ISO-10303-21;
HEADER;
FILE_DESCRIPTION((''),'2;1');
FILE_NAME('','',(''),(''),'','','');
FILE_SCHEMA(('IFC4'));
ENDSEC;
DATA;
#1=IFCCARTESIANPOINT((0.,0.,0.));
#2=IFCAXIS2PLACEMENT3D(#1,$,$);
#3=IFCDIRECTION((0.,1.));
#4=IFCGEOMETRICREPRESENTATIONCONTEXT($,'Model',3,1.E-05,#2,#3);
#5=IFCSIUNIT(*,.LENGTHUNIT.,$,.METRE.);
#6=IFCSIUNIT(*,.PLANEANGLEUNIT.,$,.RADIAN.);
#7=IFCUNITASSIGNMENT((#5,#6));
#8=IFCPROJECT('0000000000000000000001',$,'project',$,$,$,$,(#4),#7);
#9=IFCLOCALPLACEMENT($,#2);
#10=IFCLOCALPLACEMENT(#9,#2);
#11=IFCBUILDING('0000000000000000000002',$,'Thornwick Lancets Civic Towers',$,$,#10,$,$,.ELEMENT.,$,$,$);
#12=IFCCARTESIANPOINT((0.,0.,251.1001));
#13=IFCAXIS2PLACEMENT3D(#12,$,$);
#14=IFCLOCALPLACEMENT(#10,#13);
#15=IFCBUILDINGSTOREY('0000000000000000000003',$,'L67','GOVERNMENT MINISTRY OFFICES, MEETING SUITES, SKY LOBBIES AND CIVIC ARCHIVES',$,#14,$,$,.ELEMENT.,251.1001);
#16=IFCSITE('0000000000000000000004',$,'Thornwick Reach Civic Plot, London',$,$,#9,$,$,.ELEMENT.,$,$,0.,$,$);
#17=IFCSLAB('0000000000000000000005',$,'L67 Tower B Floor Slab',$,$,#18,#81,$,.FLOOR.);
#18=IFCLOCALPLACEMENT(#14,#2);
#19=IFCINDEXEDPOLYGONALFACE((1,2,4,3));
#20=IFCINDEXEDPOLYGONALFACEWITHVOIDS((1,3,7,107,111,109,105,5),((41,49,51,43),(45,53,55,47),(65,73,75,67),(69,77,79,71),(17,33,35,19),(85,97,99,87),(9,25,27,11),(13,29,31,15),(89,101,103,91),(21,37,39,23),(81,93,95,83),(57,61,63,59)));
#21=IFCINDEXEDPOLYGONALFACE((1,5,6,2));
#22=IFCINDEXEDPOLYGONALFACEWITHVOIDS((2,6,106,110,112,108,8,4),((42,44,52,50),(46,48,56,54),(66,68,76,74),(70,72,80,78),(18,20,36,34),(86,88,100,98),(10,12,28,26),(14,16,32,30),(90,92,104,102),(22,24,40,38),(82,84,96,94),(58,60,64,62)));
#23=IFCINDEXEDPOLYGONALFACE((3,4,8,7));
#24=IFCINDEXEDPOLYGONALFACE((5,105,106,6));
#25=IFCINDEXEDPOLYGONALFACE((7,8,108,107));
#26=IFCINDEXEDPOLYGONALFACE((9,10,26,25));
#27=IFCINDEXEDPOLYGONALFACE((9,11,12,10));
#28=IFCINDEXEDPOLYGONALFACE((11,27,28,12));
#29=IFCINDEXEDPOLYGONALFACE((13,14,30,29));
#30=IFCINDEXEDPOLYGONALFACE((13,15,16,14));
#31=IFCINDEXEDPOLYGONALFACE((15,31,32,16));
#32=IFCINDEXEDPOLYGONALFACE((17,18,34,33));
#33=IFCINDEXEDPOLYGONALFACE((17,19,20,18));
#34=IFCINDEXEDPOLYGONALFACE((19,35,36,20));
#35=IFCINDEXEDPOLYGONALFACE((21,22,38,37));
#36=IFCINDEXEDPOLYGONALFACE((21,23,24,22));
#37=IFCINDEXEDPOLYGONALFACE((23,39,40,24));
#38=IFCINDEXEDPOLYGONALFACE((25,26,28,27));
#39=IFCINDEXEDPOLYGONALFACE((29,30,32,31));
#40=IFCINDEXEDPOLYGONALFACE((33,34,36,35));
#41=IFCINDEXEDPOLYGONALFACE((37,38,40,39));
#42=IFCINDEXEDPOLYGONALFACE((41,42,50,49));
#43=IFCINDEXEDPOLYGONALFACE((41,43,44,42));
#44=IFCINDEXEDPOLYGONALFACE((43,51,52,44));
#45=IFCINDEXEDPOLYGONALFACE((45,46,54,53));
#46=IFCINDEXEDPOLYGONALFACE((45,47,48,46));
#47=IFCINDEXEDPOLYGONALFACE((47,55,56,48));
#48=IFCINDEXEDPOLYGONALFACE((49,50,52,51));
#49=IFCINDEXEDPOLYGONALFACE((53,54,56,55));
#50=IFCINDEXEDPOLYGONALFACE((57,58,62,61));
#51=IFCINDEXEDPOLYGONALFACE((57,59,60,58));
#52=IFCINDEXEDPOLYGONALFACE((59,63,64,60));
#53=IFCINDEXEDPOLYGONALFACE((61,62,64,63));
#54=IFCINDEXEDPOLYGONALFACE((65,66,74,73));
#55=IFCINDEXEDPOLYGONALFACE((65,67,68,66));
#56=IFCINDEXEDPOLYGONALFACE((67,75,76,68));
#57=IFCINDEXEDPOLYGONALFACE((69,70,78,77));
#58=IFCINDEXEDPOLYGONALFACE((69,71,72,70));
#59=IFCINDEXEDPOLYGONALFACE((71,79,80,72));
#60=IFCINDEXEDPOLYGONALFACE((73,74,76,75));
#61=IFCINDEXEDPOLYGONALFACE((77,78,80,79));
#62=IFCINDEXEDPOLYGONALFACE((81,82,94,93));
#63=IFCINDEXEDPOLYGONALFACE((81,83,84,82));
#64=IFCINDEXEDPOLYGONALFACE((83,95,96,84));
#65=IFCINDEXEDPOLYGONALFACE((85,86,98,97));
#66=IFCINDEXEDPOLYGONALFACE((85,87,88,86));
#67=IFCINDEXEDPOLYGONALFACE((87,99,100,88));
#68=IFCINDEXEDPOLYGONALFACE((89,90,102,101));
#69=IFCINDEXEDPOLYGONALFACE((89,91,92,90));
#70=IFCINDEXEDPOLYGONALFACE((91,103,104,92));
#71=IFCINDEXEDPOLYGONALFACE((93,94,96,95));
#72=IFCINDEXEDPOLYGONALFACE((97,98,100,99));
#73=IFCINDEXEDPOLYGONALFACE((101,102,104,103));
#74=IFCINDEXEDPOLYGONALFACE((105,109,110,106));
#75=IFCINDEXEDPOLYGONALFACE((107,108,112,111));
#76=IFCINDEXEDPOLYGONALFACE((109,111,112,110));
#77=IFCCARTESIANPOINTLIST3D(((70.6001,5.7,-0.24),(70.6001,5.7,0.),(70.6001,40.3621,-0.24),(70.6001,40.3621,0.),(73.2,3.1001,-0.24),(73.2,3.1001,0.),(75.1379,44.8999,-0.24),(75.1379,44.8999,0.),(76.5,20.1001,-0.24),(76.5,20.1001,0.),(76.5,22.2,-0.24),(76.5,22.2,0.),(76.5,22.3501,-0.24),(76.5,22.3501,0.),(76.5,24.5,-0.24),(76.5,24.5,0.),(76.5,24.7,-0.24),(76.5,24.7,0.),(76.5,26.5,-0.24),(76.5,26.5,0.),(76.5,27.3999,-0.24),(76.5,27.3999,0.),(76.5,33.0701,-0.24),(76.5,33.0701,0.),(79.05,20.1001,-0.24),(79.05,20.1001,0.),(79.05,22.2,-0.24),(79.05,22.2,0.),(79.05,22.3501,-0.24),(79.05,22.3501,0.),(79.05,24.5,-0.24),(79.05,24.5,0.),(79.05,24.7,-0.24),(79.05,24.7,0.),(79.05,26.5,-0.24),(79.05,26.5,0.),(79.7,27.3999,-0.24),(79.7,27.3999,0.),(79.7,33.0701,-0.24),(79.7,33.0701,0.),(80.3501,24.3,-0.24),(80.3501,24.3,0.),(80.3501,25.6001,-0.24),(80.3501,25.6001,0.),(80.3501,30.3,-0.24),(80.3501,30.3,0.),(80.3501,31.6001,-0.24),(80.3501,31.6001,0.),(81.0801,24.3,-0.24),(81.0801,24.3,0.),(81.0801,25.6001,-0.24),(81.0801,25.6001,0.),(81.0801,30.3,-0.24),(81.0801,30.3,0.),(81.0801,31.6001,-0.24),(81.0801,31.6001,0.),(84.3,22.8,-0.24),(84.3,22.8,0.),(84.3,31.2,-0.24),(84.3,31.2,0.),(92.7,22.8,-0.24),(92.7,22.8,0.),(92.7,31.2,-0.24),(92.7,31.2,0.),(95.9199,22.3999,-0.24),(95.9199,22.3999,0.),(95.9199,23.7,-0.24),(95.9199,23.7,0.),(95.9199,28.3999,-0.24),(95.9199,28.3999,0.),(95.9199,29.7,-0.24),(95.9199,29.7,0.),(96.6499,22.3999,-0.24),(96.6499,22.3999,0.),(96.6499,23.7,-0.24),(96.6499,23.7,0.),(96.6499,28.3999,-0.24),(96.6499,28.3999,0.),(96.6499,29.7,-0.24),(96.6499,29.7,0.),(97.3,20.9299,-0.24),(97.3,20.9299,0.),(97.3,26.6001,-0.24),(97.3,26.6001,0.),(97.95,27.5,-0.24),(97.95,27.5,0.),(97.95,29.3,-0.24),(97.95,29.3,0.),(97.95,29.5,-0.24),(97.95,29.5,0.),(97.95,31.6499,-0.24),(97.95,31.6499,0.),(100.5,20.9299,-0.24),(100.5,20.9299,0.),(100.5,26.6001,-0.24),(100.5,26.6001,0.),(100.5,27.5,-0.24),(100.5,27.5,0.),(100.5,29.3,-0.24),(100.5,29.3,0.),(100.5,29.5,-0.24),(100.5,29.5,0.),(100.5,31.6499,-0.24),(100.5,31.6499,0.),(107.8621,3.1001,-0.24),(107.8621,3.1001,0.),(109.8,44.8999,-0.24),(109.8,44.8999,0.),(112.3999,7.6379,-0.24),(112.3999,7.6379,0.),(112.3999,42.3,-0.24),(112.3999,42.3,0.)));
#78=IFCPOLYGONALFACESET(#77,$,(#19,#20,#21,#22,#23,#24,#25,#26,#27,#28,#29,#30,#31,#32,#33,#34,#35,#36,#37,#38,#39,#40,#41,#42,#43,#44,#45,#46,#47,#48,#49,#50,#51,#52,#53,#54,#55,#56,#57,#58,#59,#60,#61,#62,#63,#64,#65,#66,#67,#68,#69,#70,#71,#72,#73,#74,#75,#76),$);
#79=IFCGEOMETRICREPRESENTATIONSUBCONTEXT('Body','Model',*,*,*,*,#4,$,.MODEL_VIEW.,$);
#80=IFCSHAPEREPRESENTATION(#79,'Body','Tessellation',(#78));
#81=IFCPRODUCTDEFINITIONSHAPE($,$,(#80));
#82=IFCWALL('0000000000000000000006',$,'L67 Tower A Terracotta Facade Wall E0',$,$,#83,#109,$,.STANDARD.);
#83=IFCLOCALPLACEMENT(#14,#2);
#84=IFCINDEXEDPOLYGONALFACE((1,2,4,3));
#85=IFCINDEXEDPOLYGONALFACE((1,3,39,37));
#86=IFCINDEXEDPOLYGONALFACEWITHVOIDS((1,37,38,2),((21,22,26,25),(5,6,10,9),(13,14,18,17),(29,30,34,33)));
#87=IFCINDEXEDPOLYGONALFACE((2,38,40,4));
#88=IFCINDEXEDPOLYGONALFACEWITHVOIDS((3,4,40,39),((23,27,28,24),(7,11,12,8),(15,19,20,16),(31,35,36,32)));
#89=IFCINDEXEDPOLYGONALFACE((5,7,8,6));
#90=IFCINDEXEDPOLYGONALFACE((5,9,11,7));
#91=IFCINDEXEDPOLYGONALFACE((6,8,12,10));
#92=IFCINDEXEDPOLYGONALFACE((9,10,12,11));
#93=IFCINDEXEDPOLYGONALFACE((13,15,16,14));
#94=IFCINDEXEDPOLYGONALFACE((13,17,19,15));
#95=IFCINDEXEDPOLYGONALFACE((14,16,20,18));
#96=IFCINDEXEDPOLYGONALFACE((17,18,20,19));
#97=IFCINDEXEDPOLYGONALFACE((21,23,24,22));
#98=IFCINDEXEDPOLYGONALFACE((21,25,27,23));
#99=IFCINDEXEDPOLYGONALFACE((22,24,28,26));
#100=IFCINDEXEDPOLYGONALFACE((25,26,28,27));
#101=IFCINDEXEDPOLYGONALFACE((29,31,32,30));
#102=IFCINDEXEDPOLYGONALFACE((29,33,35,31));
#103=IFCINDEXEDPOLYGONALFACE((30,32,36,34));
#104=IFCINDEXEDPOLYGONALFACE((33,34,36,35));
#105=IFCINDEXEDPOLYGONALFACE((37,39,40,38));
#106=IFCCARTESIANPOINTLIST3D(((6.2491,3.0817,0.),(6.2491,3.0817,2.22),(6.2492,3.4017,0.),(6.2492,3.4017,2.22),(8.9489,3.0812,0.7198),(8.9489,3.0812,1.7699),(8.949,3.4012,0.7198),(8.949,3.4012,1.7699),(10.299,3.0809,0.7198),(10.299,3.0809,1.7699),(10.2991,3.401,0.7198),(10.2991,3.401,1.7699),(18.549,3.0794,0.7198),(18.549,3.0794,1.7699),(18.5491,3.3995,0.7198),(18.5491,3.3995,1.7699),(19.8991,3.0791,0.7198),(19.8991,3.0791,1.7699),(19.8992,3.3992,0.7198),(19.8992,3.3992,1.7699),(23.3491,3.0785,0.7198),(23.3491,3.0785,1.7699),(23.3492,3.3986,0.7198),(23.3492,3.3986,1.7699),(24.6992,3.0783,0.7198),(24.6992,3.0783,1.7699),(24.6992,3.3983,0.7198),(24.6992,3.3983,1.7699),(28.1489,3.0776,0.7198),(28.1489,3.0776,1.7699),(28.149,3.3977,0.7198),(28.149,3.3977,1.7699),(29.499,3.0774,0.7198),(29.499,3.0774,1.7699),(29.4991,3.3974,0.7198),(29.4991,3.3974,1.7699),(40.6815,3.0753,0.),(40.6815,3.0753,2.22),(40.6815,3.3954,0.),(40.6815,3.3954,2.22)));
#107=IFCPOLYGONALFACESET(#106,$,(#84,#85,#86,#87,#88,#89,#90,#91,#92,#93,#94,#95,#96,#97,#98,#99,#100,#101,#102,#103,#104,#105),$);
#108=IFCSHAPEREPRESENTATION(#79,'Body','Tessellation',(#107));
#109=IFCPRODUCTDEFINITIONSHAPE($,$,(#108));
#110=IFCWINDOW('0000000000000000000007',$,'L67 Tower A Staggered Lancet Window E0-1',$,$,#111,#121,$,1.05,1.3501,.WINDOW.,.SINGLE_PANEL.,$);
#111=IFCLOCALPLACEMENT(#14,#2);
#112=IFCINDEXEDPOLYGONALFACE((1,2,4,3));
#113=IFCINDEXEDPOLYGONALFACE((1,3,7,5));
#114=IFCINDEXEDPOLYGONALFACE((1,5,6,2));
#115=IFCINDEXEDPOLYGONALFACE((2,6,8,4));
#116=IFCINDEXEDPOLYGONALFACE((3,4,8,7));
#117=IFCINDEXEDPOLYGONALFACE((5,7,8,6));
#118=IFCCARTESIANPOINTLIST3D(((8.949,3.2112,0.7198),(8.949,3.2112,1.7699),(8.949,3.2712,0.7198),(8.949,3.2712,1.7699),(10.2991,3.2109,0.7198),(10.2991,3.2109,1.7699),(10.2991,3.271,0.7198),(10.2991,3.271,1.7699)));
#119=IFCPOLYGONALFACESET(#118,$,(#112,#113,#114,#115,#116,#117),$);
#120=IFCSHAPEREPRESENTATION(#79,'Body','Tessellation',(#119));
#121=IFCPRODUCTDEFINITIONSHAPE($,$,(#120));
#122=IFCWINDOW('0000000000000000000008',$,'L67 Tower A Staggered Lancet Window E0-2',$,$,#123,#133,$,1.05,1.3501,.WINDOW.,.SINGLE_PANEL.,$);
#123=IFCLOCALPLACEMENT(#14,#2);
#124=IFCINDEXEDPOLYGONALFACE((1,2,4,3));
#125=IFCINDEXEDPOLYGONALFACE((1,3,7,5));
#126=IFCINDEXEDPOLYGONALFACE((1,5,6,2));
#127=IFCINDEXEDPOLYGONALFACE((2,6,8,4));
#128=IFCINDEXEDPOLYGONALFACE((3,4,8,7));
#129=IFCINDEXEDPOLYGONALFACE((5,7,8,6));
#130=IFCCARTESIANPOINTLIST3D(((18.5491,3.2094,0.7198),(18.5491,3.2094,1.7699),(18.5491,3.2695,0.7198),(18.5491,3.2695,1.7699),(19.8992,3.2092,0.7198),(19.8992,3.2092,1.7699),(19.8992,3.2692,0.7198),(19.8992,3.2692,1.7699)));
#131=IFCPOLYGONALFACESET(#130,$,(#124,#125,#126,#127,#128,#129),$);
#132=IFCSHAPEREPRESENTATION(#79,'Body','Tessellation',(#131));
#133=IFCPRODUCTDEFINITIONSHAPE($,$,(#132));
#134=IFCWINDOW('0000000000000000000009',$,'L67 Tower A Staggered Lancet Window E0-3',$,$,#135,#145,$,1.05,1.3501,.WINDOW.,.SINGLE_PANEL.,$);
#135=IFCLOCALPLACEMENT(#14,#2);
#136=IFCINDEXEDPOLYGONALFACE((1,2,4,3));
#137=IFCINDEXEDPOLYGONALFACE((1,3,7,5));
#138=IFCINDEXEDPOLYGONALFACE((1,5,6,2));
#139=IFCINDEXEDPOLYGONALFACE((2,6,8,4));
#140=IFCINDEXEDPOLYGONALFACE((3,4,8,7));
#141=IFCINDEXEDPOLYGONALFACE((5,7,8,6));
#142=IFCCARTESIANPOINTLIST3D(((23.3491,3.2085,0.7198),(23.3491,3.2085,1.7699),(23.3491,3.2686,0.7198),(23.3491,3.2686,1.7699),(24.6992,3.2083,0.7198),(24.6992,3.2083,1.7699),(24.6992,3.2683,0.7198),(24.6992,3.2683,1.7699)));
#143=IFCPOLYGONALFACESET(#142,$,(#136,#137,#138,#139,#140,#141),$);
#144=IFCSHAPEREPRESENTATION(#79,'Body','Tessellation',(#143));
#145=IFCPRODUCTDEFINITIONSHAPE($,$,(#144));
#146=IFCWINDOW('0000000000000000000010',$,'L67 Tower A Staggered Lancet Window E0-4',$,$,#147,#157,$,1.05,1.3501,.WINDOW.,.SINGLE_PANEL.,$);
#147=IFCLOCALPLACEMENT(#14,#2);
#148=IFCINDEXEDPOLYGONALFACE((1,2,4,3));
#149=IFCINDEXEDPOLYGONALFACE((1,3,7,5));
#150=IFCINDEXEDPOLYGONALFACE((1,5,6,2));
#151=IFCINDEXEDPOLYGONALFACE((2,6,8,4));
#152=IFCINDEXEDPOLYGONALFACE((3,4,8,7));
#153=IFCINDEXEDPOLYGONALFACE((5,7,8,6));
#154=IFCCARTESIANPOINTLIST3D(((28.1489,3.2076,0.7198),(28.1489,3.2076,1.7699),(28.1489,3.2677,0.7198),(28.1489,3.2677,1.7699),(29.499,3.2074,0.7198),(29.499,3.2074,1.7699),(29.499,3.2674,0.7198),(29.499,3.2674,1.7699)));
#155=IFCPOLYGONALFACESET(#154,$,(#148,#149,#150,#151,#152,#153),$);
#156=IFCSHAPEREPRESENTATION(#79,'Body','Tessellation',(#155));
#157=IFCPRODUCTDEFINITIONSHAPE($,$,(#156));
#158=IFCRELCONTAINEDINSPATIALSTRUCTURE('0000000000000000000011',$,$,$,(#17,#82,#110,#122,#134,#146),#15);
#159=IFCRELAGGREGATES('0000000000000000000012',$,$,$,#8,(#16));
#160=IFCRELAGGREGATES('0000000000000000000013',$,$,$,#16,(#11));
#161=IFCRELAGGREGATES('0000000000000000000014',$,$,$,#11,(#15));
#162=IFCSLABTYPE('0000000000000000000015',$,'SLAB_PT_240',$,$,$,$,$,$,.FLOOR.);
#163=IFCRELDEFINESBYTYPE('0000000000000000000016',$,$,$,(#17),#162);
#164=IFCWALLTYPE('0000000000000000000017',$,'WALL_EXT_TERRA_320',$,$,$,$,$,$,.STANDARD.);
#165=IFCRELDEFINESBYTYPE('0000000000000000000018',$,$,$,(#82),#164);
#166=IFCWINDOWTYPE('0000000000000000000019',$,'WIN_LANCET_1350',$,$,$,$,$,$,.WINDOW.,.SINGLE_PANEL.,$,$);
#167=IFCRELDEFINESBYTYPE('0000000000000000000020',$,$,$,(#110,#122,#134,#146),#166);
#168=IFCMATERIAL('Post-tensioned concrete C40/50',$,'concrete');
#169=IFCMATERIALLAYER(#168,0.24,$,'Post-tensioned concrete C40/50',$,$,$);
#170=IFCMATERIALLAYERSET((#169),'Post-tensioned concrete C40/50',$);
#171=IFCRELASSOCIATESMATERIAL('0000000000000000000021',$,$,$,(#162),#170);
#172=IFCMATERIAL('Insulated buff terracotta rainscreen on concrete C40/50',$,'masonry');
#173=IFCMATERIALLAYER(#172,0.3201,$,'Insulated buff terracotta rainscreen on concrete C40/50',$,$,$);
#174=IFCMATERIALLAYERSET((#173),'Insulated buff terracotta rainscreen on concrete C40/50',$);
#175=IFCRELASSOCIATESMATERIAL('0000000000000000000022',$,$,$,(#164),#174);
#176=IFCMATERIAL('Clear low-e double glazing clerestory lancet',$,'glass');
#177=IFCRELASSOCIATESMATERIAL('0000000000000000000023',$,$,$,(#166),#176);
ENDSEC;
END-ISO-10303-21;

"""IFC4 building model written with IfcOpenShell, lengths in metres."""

from ifc_helpers import new_model, si_unit, direction, frame, frame_2d, origin, place, context, subcontext, project, spatial, polyline, rectangle, outline, extrude, material, layer, layer_set, type_object, element, fill, save


model = new_model("IFC4")

# Units and contexts
model_context = context("Model", 3, precision=1e-05, world=origin(), true_north=direction((0.0, 1.0)))
body_context = subcontext(model_context, "Body", "Model", "MODEL_VIEW")
ifc_project = project(units=[si_unit("LENGTHUNIT", "METRE"), si_unit("PLANEANGLEUNIT", "RADIAN")], contexts=[model_context])

# Site, building, storey
site_placement = place(None, origin())
site = spatial("IfcSite", under=ifc_project, at=site_placement, Name="Thornwick Reach Civic Plot, London", CompositionType="ELEMENT", RefElevation=0.0)
building_placement = place(site_placement, origin())
building = spatial("IfcBuilding", under=site, at=building_placement, Name="Thornwick Lancets Civic Towers", CompositionType="ELEMENT")
storey_placement = place(building_placement, frame((0.0, 0.0, 251.1001)))
storey = spatial("IfcBuildingStorey", under=building, at=storey_placement, Name="L67", Description="GOVERNMENT MINISTRY OFFICES, MEETING SUITES, SKY LOBBIES AND CIVIC ARCHIVES", CompositionType="ELEMENT", Elevation=251.1001)

# Shared definitions
ifc_material_1 = material(Name="Post-tensioned concrete C40/50", Category="concrete")

# Slab
ifc_layer_1 = layer(ifc_material_1, 0.24, Name="Post-tensioned concrete C40/50")
ifc_layer_set_1 = layer_set([ifc_layer_1], Name="Post-tensioned concrete C40/50")
slab_type_1 = type_object("IfcSlabType", Name="SLAB_PT_240", PredefinedType="FLOOR", material=ifc_layer_set_1)
slab_1_placement = place(storey_placement, frame((0.0, 0.0, -0.24)))
element("IfcSlab", 1, at=slab_1_placement, inside=storey, type_object=slab_type_1, Name="L67 Tower B Floor Slab", PredefinedType="FLOOR", context=body_context, shape_type="SweptSolid", body=[
    extrude(outline(polyline([(73.2, 3.1001), (107.8621, 3.1001), (112.3999, 7.6379), (112.3999, 42.3), (109.8, 44.8999), (75.1379, 44.8999), (70.6001, 40.3621), (70.6001, 5.7), (73.2, 3.1001)]), holes=[polyline([(84.3, 22.8), (92.7, 22.8), (92.7, 31.2), (84.3, 31.2), (84.3, 22.8)]), polyline([(100.5, 20.9299), (100.5, 26.6001), (97.3, 26.6001), (97.3, 20.9299), (100.5, 20.9299)]), polyline([(76.5, 33.0701), (76.5, 27.3999), (79.7, 27.3999), (79.7, 33.0701), (76.5, 33.0701)]), polyline([(97.95, 27.5), (100.5, 27.5), (100.5, 29.3), (97.95, 29.3), (97.95, 27.5)]), polyline([(97.95, 29.5), (100.5, 29.5), (100.5, 31.6499), (97.95, 31.6499), (97.95, 29.5)]), polyline([(76.5, 24.7), (79.05, 24.7), (79.05, 26.5), (76.5, 26.5), (76.5, 24.7)]), polyline([(76.5, 22.3501), (79.05, 22.3501), (79.05, 24.5), (76.5, 24.5), (76.5, 22.3501)]), polyline([(76.5, 20.1001), (79.05, 20.1001), (79.05, 22.2), (76.5, 22.2), (76.5, 20.1001)]), polyline([(95.9199, 28.3999), (96.6499, 28.3999), (96.6499, 29.7), (95.9199, 29.7), (95.9199, 28.3999)]), polyline([(95.9199, 22.3999), (96.6499, 22.3999), (96.6499, 23.7), (95.9199, 23.7), (95.9199, 22.3999)]), polyline([(80.3501, 24.3), (81.0801, 24.3), (81.0801, 25.6001), (80.3501, 25.6001), (80.3501, 24.3)]), polyline([(80.3501, 30.3), (81.0801, 30.3), (81.0801, 31.6001), (80.3501, 31.6001), (80.3501, 30.3)])]), origin(), (0.0, 0.0, 1.0), 0.24),
])

# Wall, openings, windows
ifc_material_2 = material(Name="Insulated buff terracotta rainscreen on concrete C40/50", Category="masonry")
ifc_layer_2 = layer(ifc_material_2, 0.3201, Name="Insulated buff terracotta rainscreen on concrete C40/50")
ifc_layer_set_2 = layer_set([ifc_layer_2], Name="Insulated buff terracotta rainscreen on concrete C40/50")
wall_type_1 = type_object("IfcWallType", Name="WALL_EXT_TERRA_320", PredefinedType="STANDARD", material=ifc_layer_set_2)
wall_1_placement = place(storey_placement, frame((6.249, 3.2417, 0.0), z_axis=(0.0, 0.0, 1.0), x_axis=(1.0, -0.000184, 0.0)))
wall_1 = element("IfcWall", 2, at=wall_1_placement, inside=storey, type_object=wall_type_1, Name="L67 Tower A Terracotta Facade Wall E0", PredefinedType="STANDARD", context=body_context, shape_type="SweptSolid", body=[
    extrude(rectangle(XDim=34.4324, YDim=0.3201, at=frame_2d((17.2163, 0.0))), origin(), (0.0, 0.0, 1.0), 2.22),
])
opening_1_placement = place(wall_1_placement, frame((2.7, 0.0, 0.72)))
opening_1 = element("IfcOpeningElement", 3, at=opening_1_placement, cuts=wall_1, PredefinedType="OPENING", context=body_context, shape_type="SweptSolid", body=[
    extrude(rectangle(XDim=1.3501, YDim=1.05, at=frame_2d((0.675, 0.5249))), frame((0.0, 0.1699, 0.0), z_axis=(0.0, -1.0, 0.0), x_axis=(1.0, 0.0, 0.0)), (0.0, 0.0, 1.0), 0.3401),
])
opening_2_placement = place(wall_1_placement, frame((12.3, 0.0, 0.72)))
opening_2 = element("IfcOpeningElement", 4, at=opening_2_placement, cuts=wall_1, PredefinedType="OPENING", context=body_context, shape_type="SweptSolid", body=[
    extrude(rectangle(XDim=1.3501, YDim=1.05, at=frame_2d((0.675, 0.5249))), frame((0.0, 0.1699, 0.0), z_axis=(0.0, -1.0, 0.0), x_axis=(1.0, 0.0, 0.0)), (0.0, 0.0, 1.0), 0.3401),
])
opening_3_placement = place(wall_1_placement, frame((17.1001, 0.0, 0.72)))
opening_3 = element("IfcOpeningElement", 5, at=opening_3_placement, cuts=wall_1, PredefinedType="OPENING", context=body_context, shape_type="SweptSolid", body=[
    extrude(rectangle(XDim=1.3501, YDim=1.05, at=frame_2d((0.675, 0.5249))), frame((0.0, 0.1699, 0.0), z_axis=(0.0, -1.0, 0.0), x_axis=(1.0, 0.0, 0.0)), (0.0, 0.0, 1.0), 0.3401),
])
opening_4_placement = place(wall_1_placement, frame((21.8999, 0.0, 0.72)))
opening_4 = element("IfcOpeningElement", 6, at=opening_4_placement, cuts=wall_1, PredefinedType="OPENING", context=body_context, shape_type="SweptSolid", body=[
    extrude(rectangle(XDim=1.3501, YDim=1.05, at=frame_2d((0.675, 0.5249))), frame((0.0, 0.1699, 0.0), z_axis=(0.0, -1.0, 0.0), x_axis=(1.0, 0.0, 0.0)), (0.0, 0.0, 1.0), 0.3401),
])
ifc_material_3 = material(Name="Clear low-e double glazing clerestory lancet", Category="glass")
window_type = type_object("IfcWindowType", Name="WIN_LANCET_1350", PartitioningType="SINGLE_PANEL", PredefinedType="WINDOW", material=ifc_material_3)
window_1_placement = place(opening_1_placement, origin())
window_1 = element("IfcWindow", 7, at=window_1_placement, inside=storey, type_object=window_type, Name="L67 Tower A Staggered Lancet Window E0-1", OverallHeight=1.05, OverallWidth=1.3501, PartitioningType="SINGLE_PANEL", PredefinedType="WINDOW", context=body_context, shape_type="SweptSolid", body=[
    extrude(rectangle(XDim=1.3501, YDim=1.05, at=frame_2d((0.675, 0.5249))), frame((0.0, 0.03, 0.0), z_axis=(0.0, -1.0, 0.0), x_axis=(1.0, 0.0, 0.0)), (0.0, 0.0, 1.0), 0.0601),
])
fill(opening_1, window_1)
window_2_placement = place(opening_2_placement, origin())
window_2 = element("IfcWindow", 8, at=window_2_placement, inside=storey, type_object=window_type, Name="L67 Tower A Staggered Lancet Window E0-2", OverallHeight=1.05, OverallWidth=1.3501, PartitioningType="SINGLE_PANEL", PredefinedType="WINDOW", context=body_context, shape_type="SweptSolid", body=[
    extrude(rectangle(XDim=1.3501, YDim=1.05, at=frame_2d((0.675, 0.5249))), frame((0.0, 0.03, 0.0), z_axis=(0.0, -1.0, 0.0), x_axis=(1.0, 0.0, 0.0)), (0.0, 0.0, 1.0), 0.0601),
])
fill(opening_2, window_2)
window_3_placement = place(opening_3_placement, origin())
window_3 = element("IfcWindow", 9, at=window_3_placement, inside=storey, type_object=window_type, Name="L67 Tower A Staggered Lancet Window E0-3", OverallHeight=1.05, OverallWidth=1.3501, PartitioningType="SINGLE_PANEL", PredefinedType="WINDOW", context=body_context, shape_type="SweptSolid", body=[
    extrude(rectangle(XDim=1.3501, YDim=1.05, at=frame_2d((0.675, 0.5249))), frame((0.0, 0.03, 0.0), z_axis=(0.0, -1.0, 0.0), x_axis=(1.0, 0.0, 0.0)), (0.0, 0.0, 1.0), 0.0601),
])
fill(opening_3, window_3)
window_4_placement = place(opening_4_placement, origin())
window_4 = element("IfcWindow", 10, at=window_4_placement, inside=storey, type_object=window_type, Name="L67 Tower A Staggered Lancet Window E0-4", OverallHeight=1.05, OverallWidth=1.3501, PartitioningType="SINGLE_PANEL", PredefinedType="WINDOW", context=body_context, shape_type="SweptSolid", body=[
    extrude(rectangle(XDim=1.3501, YDim=1.05, at=frame_2d((0.675, 0.5249))), frame((0.0, 0.03, 0.0), z_axis=(0.0, -1.0, 0.0), x_axis=(1.0, 0.0, 0.0)), (0.0, 0.0, 1.0), 0.0601),
])
fill(opening_4, window_4)

save(model, "model.ifc")
